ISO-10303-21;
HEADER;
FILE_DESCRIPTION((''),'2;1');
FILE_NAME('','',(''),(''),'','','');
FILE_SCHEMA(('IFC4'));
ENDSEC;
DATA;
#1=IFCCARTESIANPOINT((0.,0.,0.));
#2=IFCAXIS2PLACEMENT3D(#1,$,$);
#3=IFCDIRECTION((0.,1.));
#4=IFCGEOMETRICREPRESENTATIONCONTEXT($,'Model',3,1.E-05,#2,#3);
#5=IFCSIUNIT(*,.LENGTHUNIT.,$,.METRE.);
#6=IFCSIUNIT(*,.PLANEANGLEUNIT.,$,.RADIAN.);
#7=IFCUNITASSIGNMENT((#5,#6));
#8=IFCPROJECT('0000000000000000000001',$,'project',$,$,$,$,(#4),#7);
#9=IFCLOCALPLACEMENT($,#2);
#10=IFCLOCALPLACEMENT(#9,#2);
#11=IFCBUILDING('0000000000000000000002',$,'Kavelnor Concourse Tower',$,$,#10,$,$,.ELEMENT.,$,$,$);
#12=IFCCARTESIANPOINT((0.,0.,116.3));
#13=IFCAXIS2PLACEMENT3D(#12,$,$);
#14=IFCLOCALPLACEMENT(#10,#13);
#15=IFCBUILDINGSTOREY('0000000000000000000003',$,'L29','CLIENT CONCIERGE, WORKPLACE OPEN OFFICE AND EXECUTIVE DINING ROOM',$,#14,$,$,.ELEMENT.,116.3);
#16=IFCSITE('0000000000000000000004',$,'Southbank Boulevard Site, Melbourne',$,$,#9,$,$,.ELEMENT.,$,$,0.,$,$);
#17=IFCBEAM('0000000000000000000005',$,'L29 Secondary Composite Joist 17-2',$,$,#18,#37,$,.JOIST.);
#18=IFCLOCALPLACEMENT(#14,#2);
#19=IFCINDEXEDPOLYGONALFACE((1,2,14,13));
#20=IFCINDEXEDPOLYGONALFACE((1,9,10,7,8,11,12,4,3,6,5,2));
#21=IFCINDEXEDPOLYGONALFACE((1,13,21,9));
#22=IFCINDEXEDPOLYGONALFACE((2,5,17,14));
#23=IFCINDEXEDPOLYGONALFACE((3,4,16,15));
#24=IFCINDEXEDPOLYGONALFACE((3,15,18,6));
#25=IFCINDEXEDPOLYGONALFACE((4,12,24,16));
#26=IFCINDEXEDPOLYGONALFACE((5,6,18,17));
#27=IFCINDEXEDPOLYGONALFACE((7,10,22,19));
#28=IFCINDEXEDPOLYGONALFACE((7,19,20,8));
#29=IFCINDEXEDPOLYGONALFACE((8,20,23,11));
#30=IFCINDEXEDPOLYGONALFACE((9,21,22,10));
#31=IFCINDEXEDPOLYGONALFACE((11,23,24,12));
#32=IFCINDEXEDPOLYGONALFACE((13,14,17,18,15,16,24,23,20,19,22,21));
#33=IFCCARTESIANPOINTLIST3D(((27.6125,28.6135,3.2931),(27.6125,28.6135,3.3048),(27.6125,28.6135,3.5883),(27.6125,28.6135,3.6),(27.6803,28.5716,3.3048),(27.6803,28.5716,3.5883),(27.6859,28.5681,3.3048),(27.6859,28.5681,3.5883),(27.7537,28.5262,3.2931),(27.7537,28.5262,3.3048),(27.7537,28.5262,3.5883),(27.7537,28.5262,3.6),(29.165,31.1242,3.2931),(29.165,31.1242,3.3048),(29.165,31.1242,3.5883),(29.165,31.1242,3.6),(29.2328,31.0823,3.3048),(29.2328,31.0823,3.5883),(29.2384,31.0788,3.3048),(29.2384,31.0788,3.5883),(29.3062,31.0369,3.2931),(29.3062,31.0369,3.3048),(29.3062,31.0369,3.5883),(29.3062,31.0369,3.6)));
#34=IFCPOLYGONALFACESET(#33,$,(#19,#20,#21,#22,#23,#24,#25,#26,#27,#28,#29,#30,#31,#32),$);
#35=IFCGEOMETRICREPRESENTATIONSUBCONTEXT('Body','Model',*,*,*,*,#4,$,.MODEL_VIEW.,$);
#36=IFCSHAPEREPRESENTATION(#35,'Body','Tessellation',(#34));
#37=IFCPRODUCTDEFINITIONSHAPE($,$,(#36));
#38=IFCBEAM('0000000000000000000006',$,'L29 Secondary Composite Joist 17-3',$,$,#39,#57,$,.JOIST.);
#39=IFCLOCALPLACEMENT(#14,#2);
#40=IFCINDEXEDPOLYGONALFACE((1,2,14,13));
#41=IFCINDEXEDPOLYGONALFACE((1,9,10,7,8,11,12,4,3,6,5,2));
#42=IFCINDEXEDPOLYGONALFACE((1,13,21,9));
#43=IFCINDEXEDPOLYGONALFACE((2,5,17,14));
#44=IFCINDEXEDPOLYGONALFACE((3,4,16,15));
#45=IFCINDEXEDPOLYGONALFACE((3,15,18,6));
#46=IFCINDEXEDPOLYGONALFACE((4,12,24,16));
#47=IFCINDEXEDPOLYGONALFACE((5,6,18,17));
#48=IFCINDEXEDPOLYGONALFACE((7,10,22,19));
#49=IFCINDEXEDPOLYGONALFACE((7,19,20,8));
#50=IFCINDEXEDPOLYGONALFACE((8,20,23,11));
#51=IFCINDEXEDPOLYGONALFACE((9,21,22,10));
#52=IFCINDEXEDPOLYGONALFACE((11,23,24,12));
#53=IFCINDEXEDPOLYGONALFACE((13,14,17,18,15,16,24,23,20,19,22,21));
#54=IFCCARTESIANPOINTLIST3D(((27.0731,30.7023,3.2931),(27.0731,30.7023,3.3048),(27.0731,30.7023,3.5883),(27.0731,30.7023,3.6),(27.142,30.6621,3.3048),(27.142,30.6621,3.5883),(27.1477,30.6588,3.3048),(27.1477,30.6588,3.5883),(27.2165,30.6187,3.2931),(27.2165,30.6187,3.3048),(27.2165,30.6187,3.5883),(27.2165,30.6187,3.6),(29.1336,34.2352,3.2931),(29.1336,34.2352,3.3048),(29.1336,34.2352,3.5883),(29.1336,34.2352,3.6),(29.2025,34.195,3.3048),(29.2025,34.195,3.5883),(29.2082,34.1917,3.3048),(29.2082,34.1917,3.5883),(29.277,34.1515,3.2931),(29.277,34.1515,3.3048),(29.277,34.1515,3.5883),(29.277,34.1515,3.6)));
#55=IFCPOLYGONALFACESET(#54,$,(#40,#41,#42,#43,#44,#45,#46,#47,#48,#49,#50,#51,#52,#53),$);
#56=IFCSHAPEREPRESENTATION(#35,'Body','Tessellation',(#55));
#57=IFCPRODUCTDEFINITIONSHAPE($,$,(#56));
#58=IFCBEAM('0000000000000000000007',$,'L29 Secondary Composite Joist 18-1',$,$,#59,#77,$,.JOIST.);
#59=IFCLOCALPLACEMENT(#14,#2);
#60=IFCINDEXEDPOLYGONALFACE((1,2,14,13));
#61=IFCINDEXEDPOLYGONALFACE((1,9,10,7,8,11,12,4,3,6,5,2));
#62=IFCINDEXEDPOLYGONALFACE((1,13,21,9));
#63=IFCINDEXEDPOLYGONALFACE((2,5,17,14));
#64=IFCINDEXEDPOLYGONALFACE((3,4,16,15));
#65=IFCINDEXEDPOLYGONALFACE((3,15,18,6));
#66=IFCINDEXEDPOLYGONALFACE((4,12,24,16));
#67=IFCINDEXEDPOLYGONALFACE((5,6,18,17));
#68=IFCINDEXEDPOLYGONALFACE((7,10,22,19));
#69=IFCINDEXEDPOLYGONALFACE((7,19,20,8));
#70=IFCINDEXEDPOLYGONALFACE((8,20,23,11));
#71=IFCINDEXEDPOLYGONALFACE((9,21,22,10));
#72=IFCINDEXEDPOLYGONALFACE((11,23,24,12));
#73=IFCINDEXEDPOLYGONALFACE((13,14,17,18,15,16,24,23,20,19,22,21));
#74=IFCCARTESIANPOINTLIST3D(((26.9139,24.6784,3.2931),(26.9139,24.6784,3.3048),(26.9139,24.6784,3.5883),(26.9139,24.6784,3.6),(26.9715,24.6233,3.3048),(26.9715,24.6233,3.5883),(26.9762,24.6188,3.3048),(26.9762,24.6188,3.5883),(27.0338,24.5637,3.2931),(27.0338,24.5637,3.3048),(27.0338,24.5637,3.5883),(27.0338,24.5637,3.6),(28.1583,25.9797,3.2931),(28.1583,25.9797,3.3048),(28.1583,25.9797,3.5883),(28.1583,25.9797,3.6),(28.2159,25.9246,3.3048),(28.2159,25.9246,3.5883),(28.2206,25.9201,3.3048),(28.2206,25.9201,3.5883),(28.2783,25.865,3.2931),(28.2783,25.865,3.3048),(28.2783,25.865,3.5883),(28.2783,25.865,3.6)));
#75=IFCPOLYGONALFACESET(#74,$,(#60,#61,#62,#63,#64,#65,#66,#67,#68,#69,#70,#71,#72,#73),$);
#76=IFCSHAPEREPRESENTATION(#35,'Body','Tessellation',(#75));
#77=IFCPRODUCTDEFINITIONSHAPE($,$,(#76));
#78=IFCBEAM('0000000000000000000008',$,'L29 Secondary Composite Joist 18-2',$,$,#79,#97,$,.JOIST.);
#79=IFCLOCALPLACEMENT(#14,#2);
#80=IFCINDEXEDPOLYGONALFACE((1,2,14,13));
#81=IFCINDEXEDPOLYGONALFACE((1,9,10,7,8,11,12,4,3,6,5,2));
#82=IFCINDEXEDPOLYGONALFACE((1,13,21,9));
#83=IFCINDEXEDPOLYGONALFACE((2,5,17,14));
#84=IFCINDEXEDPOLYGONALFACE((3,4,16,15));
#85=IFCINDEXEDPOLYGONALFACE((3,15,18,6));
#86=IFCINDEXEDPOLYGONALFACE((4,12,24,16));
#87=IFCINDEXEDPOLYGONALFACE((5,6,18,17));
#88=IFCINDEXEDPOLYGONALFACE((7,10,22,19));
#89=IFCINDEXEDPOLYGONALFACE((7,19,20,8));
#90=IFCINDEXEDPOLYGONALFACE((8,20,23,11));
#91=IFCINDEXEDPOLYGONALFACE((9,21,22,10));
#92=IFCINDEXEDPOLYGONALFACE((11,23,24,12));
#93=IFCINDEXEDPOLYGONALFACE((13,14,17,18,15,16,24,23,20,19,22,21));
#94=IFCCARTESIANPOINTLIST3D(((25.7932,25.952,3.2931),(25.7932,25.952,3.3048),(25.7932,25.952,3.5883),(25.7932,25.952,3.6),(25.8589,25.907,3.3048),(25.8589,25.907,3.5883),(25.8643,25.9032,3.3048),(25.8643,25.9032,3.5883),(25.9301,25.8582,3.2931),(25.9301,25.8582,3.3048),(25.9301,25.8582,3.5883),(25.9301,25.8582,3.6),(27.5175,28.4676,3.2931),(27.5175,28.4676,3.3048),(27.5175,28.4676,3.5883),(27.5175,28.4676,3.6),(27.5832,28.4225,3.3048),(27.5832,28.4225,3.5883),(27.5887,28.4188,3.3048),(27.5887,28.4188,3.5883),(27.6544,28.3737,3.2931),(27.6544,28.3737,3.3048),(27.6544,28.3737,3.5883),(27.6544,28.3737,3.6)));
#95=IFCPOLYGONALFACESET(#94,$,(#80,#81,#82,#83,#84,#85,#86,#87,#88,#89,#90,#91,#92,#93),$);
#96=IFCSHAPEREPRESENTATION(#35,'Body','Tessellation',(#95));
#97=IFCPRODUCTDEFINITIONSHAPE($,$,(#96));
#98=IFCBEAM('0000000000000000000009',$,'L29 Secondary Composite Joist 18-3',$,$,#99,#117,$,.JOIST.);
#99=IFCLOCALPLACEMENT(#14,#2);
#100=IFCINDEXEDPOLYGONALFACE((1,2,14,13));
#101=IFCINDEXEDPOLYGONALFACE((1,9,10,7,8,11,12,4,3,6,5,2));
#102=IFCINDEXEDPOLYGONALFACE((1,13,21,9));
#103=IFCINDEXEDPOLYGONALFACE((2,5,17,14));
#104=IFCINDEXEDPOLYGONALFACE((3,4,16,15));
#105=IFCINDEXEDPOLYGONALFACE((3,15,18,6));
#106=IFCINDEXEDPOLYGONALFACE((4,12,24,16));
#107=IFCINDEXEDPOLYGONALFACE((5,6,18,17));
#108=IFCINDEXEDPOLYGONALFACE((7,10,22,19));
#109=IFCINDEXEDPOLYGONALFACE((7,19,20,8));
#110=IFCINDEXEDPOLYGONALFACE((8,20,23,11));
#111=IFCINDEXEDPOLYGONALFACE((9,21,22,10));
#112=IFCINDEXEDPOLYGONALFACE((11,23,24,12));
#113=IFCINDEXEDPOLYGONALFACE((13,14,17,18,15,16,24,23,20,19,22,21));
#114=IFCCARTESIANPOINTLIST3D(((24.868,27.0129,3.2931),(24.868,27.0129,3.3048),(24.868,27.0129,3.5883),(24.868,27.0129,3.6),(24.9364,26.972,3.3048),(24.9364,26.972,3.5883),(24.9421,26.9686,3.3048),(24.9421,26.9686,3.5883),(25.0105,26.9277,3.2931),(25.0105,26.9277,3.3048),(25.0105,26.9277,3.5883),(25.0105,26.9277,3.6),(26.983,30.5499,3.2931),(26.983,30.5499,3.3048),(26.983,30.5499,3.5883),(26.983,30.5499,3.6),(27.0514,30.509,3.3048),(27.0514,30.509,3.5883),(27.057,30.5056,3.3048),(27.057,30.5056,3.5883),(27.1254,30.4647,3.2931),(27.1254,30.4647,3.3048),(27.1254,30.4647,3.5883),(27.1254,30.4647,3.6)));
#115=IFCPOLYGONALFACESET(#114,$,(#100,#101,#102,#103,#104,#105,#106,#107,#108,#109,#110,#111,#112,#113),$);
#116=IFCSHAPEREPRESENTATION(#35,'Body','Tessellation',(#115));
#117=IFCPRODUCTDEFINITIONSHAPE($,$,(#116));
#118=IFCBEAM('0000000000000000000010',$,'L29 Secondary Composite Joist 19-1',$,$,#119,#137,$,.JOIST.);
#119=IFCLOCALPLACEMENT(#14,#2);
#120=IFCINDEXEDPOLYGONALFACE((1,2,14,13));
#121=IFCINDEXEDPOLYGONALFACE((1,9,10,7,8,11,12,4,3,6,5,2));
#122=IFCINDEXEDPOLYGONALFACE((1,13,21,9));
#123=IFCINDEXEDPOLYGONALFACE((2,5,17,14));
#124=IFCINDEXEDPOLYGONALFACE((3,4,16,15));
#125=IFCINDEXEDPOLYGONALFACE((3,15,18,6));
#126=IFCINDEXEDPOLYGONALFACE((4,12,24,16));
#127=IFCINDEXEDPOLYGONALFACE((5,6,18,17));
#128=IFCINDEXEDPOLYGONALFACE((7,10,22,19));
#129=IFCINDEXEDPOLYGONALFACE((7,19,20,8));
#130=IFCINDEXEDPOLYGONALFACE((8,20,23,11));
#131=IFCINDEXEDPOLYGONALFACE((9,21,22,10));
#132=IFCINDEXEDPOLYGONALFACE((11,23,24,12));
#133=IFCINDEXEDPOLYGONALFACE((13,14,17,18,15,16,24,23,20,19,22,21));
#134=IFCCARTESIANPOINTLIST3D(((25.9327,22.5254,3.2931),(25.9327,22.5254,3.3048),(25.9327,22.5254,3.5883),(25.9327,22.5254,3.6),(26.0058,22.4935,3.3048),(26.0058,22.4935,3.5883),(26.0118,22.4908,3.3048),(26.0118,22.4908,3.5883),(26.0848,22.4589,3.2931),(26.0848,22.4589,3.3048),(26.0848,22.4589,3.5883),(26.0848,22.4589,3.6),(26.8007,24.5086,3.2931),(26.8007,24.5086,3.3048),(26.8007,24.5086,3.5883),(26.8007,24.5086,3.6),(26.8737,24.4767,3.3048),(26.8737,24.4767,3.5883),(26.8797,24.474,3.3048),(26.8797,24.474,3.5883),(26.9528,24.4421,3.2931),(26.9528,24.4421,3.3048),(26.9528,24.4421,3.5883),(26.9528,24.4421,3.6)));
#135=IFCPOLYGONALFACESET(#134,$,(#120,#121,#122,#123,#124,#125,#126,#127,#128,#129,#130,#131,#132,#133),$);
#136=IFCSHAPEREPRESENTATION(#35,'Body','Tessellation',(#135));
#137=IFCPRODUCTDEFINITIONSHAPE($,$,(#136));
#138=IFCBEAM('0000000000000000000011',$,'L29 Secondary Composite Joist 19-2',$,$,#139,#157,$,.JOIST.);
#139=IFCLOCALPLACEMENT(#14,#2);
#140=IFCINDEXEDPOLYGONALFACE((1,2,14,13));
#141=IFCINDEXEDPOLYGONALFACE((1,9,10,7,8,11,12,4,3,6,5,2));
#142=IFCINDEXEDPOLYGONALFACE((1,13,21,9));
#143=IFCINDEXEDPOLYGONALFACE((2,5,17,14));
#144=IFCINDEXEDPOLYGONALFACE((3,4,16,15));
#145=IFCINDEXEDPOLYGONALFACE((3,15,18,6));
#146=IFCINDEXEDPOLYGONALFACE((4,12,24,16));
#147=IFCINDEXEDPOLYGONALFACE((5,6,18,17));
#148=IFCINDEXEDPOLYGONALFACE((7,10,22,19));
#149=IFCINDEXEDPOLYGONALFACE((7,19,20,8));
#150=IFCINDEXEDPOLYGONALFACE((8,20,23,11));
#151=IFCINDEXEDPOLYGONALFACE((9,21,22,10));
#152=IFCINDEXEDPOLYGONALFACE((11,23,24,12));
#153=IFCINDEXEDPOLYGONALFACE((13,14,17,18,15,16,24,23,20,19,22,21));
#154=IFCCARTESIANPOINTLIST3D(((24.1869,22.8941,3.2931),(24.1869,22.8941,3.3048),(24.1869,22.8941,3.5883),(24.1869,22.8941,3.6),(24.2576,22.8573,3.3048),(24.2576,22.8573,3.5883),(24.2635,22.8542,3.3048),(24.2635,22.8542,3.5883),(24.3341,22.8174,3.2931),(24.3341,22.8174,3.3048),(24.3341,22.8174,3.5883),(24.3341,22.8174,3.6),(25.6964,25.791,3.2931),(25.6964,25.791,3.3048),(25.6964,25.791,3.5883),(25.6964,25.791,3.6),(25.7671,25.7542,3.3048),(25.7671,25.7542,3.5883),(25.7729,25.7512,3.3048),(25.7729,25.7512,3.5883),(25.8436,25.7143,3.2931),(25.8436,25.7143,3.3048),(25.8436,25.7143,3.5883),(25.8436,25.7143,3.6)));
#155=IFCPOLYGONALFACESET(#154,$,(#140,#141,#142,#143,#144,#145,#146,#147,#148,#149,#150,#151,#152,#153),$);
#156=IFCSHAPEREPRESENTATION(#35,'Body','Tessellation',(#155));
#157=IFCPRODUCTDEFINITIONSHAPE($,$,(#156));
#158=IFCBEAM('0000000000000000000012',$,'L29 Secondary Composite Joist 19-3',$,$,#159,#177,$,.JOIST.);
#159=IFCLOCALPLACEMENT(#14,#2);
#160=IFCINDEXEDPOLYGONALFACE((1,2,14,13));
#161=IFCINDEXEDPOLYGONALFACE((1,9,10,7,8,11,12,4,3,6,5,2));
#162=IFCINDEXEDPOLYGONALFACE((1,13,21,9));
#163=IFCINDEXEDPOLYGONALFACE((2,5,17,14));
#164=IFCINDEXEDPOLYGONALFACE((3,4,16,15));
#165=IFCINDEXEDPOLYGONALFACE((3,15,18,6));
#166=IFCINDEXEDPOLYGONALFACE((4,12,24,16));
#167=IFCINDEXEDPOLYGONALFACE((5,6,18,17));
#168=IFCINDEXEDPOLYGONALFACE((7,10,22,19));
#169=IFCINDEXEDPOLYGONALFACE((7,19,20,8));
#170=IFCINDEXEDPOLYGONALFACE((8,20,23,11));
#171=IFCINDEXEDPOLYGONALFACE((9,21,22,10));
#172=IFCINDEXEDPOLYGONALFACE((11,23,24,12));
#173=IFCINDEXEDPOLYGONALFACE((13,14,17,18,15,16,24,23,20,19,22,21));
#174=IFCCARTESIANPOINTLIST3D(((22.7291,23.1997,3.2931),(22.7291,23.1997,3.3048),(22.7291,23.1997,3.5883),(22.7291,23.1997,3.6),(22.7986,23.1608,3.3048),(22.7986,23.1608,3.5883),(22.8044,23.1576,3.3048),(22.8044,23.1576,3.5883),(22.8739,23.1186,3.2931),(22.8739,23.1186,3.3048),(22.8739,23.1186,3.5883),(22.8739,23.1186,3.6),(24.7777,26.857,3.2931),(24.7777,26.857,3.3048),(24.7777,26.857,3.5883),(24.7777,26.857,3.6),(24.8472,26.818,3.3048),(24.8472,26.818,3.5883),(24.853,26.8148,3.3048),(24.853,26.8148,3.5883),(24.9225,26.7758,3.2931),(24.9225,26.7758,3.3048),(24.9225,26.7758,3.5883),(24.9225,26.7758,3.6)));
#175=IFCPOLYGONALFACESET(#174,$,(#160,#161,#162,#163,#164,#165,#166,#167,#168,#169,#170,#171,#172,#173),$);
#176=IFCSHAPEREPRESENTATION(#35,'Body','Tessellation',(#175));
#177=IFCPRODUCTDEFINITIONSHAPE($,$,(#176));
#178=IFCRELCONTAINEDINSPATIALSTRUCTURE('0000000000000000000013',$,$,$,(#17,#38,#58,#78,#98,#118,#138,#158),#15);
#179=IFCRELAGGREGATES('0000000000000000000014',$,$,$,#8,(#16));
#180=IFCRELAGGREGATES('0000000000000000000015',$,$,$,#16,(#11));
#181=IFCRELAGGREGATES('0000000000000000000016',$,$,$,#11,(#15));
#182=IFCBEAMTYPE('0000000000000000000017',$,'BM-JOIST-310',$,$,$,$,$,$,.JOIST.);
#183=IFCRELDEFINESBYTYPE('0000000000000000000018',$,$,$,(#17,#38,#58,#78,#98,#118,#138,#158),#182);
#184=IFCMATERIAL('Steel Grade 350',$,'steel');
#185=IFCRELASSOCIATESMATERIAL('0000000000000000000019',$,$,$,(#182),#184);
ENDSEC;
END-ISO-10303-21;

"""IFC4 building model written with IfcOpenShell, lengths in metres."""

from ifc_helpers import new_model, si_unit, direction, frame, origin, origin_2d, place, context, subcontext, project, spatial, i_section, extrude, material, material_profile, profile_set, type_object, element, save


model = new_model("IFC4")

# Units and contexts
model_context = context("Model", 3, precision=1e-05, world=origin(), true_north=direction((0.0, 1.0)))
body_context = subcontext(model_context, "Body", "Model", "MODEL_VIEW")
ifc_project = project(units=[si_unit("LENGTHUNIT", "METRE"), si_unit("PLANEANGLEUNIT", "RADIAN")], contexts=[model_context])

# Site, building, storey
site_placement = place(None, origin())
site = spatial("IfcSite", under=ifc_project, at=site_placement, Name="Southbank Boulevard Site, Melbourne", CompositionType="ELEMENT", RefElevation=0.0)
building_placement = place(site_placement, origin())
building = spatial("IfcBuilding", under=site, at=building_placement, Name="Kavelnor Concourse Tower", CompositionType="ELEMENT")
storey_placement = place(building_placement, frame((0.0, 0.0, 116.3)))
storey = spatial("IfcBuildingStorey", under=building, at=storey_placement, Name="L29", Description="CLIENT CONCIERGE, WORKPLACE OPEN OFFICE AND EXECUTIVE DINING ROOM", CompositionType="ELEMENT", Elevation=116.3)

# Shared definitions
ifc_material_1 = material(Name="Steel Grade 350", Category="steel")

# Beams
ifc_material_profile_1 = material_profile(ifc_material_1, i_section(OverallWidth=0.166, OverallDepth=0.3069, WebThickness=0.0066, FlangeThickness=0.0117, at=origin_2d()), Name="310UB46")
ifc_profile_set_1 = profile_set([ifc_material_profile_1], Name="Steel Grade 350")
beam_type_1 = type_object("IfcBeamType", Name="BM-JOIST-310", PredefinedType="JOIST", material=ifc_profile_set_1)
beam_1_placement = place(storey_placement, frame((29.2356, 31.0806, 3.4465), z_axis=(-0.525919, -0.850535, 0.0), x_axis=(0.850535, -0.525919, 0.0)))
element("IfcBeam", 1, at=beam_1_placement, inside=storey, type_object=beam_type_1, Name="L29 Secondary Composite Joist 17-2", PredefinedType="JOIST", context=body_context, shape_type="SweptSolid", body=[
    extrude(i_section(OverallWidth=0.166, OverallDepth=0.3069, WebThickness=0.0066, FlangeThickness=0.0117, at=origin_2d()), origin(), (0.0, 0.0, 1.0), 2.9519),
])
beam_2_placement = place(storey_placement, frame((29.2053, 34.1934, 3.4465), z_axis=(-0.503808, -0.863816, 0.0), x_axis=(0.863816, -0.503808, 0.0)))
element("IfcBeam", 2, at=beam_2_placement, inside=storey, type_object=beam_type_1, Name="L29 Secondary Composite Joist 17-3", PredefinedType="JOIST", context=body_context, shape_type="SweptSolid", body=[
    extrude(i_section(OverallWidth=0.166, OverallDepth=0.3069, WebThickness=0.0066, FlangeThickness=0.0117, at=origin_2d()), origin(), (0.0, 0.0, 1.0), 4.0898),
])
beam_3_placement = place(storey_placement, frame((28.2183, 25.9224, 3.4465), z_axis=(-0.691133, -0.722727, 0.0), x_axis=(0.722727, -0.691133, 0.0)))
element("IfcBeam", 3, at=beam_3_placement, inside=storey, type_object=beam_type_1, Name="L29 Secondary Composite Joist 18-1", PredefinedType="JOIST", context=body_context, shape_type="SweptSolid", body=[
    extrude(i_section(OverallWidth=0.166, OverallDepth=0.3069, WebThickness=0.0066, FlangeThickness=0.0117, at=origin_2d()), origin(), (0.0, 0.0, 1.0), 1.8005),
])
beam_4_placement = place(storey_placement, frame((27.5859, 28.4207, 3.4465), z_axis=(-0.565387, -0.824826, 0.0), x_axis=(0.824826, -0.565387, 0.0)))
element("IfcBeam", 4, at=beam_4_placement, inside=storey, type_object=beam_type_1, Name="L29 Secondary Composite Joist 18-2", PredefinedType="JOIST", context=body_context, shape_type="SweptSolid", body=[
    extrude(i_section(OverallWidth=0.166, OverallDepth=0.3069, WebThickness=0.0066, FlangeThickness=0.0117, at=origin_2d()), origin(), (0.0, 0.0, 1.0), 3.0498),
])
beam_5_placement = place(storey_placement, frame((27.0542, 30.5073, 3.4465), z_axis=(-0.513197, -0.858271, 0.0), x_axis=(0.858271, -0.513197, 0.0)))
element("IfcBeam", 5, at=beam_5_placement, inside=storey, type_object=beam_type_1, Name="L29 Secondary Composite Joist 18-3", PredefinedType="JOIST", context=body_context, shape_type="SweptSolid", body=[
    extrude(i_section(OverallWidth=0.166, OverallDepth=0.3069, WebThickness=0.0066, FlangeThickness=0.0117, at=origin_2d()), origin(), (0.0, 0.0, 1.0), 4.1211),
])
beam_6_placement = place(storey_placement, frame((26.8767, 24.4753, 3.4465), z_axis=(-0.400931, -0.916108, 0.0), x_axis=(0.916108, -0.400931, 0.0)))
element("IfcBeam", 6, at=beam_6_placement, inside=storey, type_object=beam_type_1, Name="L29 Secondary Composite Joist 19-1", PredefinedType="JOIST", context=body_context, shape_type="SweptSolid", body=[
    extrude(i_section(OverallWidth=0.166, OverallDepth=0.3069, WebThickness=0.0066, FlangeThickness=0.0117, at=origin_2d()), origin(), (0.0, 0.0, 1.0), 2.1648),
])
beam_7_placement = place(storey_placement, frame((25.77, 25.7527, 3.4465), z_axis=(-0.462099, -0.886829, 0.0), x_axis=(0.886829, -0.462099, 0.0)))
element("IfcBeam", 7, at=beam_7_placement, inside=storey, type_object=beam_type_1, Name="L29 Secondary Composite Joist 19-2", PredefinedType="JOIST", context=body_context, shape_type="SweptSolid", body=[
    extrude(i_section(OverallWidth=0.166, OverallDepth=0.3069, WebThickness=0.0066, FlangeThickness=0.0117, at=origin_2d()), origin(), (0.0, 0.0, 1.0), 3.2666),
])
beam_8_placement = place(storey_placement, frame((24.8501, 26.8164, 3.4465), z_axis=(-0.488701, -0.872451, 0.0), x_axis=(0.872451, -0.488701, 0.0)))
element("IfcBeam", 8, at=beam_8_placement, inside=storey, type_object=beam_type_1, Name="L29 Secondary Composite Joist 19-3", PredefinedType="JOIST", context=body_context, shape_type="SweptSolid", body=[
    extrude(i_section(OverallWidth=0.166, OverallDepth=0.3069, WebThickness=0.0066, FlangeThickness=0.0117, at=origin_2d()), origin(), (0.0, 0.0, 1.0), 4.1919),
])

save(model, "model.ifc")
